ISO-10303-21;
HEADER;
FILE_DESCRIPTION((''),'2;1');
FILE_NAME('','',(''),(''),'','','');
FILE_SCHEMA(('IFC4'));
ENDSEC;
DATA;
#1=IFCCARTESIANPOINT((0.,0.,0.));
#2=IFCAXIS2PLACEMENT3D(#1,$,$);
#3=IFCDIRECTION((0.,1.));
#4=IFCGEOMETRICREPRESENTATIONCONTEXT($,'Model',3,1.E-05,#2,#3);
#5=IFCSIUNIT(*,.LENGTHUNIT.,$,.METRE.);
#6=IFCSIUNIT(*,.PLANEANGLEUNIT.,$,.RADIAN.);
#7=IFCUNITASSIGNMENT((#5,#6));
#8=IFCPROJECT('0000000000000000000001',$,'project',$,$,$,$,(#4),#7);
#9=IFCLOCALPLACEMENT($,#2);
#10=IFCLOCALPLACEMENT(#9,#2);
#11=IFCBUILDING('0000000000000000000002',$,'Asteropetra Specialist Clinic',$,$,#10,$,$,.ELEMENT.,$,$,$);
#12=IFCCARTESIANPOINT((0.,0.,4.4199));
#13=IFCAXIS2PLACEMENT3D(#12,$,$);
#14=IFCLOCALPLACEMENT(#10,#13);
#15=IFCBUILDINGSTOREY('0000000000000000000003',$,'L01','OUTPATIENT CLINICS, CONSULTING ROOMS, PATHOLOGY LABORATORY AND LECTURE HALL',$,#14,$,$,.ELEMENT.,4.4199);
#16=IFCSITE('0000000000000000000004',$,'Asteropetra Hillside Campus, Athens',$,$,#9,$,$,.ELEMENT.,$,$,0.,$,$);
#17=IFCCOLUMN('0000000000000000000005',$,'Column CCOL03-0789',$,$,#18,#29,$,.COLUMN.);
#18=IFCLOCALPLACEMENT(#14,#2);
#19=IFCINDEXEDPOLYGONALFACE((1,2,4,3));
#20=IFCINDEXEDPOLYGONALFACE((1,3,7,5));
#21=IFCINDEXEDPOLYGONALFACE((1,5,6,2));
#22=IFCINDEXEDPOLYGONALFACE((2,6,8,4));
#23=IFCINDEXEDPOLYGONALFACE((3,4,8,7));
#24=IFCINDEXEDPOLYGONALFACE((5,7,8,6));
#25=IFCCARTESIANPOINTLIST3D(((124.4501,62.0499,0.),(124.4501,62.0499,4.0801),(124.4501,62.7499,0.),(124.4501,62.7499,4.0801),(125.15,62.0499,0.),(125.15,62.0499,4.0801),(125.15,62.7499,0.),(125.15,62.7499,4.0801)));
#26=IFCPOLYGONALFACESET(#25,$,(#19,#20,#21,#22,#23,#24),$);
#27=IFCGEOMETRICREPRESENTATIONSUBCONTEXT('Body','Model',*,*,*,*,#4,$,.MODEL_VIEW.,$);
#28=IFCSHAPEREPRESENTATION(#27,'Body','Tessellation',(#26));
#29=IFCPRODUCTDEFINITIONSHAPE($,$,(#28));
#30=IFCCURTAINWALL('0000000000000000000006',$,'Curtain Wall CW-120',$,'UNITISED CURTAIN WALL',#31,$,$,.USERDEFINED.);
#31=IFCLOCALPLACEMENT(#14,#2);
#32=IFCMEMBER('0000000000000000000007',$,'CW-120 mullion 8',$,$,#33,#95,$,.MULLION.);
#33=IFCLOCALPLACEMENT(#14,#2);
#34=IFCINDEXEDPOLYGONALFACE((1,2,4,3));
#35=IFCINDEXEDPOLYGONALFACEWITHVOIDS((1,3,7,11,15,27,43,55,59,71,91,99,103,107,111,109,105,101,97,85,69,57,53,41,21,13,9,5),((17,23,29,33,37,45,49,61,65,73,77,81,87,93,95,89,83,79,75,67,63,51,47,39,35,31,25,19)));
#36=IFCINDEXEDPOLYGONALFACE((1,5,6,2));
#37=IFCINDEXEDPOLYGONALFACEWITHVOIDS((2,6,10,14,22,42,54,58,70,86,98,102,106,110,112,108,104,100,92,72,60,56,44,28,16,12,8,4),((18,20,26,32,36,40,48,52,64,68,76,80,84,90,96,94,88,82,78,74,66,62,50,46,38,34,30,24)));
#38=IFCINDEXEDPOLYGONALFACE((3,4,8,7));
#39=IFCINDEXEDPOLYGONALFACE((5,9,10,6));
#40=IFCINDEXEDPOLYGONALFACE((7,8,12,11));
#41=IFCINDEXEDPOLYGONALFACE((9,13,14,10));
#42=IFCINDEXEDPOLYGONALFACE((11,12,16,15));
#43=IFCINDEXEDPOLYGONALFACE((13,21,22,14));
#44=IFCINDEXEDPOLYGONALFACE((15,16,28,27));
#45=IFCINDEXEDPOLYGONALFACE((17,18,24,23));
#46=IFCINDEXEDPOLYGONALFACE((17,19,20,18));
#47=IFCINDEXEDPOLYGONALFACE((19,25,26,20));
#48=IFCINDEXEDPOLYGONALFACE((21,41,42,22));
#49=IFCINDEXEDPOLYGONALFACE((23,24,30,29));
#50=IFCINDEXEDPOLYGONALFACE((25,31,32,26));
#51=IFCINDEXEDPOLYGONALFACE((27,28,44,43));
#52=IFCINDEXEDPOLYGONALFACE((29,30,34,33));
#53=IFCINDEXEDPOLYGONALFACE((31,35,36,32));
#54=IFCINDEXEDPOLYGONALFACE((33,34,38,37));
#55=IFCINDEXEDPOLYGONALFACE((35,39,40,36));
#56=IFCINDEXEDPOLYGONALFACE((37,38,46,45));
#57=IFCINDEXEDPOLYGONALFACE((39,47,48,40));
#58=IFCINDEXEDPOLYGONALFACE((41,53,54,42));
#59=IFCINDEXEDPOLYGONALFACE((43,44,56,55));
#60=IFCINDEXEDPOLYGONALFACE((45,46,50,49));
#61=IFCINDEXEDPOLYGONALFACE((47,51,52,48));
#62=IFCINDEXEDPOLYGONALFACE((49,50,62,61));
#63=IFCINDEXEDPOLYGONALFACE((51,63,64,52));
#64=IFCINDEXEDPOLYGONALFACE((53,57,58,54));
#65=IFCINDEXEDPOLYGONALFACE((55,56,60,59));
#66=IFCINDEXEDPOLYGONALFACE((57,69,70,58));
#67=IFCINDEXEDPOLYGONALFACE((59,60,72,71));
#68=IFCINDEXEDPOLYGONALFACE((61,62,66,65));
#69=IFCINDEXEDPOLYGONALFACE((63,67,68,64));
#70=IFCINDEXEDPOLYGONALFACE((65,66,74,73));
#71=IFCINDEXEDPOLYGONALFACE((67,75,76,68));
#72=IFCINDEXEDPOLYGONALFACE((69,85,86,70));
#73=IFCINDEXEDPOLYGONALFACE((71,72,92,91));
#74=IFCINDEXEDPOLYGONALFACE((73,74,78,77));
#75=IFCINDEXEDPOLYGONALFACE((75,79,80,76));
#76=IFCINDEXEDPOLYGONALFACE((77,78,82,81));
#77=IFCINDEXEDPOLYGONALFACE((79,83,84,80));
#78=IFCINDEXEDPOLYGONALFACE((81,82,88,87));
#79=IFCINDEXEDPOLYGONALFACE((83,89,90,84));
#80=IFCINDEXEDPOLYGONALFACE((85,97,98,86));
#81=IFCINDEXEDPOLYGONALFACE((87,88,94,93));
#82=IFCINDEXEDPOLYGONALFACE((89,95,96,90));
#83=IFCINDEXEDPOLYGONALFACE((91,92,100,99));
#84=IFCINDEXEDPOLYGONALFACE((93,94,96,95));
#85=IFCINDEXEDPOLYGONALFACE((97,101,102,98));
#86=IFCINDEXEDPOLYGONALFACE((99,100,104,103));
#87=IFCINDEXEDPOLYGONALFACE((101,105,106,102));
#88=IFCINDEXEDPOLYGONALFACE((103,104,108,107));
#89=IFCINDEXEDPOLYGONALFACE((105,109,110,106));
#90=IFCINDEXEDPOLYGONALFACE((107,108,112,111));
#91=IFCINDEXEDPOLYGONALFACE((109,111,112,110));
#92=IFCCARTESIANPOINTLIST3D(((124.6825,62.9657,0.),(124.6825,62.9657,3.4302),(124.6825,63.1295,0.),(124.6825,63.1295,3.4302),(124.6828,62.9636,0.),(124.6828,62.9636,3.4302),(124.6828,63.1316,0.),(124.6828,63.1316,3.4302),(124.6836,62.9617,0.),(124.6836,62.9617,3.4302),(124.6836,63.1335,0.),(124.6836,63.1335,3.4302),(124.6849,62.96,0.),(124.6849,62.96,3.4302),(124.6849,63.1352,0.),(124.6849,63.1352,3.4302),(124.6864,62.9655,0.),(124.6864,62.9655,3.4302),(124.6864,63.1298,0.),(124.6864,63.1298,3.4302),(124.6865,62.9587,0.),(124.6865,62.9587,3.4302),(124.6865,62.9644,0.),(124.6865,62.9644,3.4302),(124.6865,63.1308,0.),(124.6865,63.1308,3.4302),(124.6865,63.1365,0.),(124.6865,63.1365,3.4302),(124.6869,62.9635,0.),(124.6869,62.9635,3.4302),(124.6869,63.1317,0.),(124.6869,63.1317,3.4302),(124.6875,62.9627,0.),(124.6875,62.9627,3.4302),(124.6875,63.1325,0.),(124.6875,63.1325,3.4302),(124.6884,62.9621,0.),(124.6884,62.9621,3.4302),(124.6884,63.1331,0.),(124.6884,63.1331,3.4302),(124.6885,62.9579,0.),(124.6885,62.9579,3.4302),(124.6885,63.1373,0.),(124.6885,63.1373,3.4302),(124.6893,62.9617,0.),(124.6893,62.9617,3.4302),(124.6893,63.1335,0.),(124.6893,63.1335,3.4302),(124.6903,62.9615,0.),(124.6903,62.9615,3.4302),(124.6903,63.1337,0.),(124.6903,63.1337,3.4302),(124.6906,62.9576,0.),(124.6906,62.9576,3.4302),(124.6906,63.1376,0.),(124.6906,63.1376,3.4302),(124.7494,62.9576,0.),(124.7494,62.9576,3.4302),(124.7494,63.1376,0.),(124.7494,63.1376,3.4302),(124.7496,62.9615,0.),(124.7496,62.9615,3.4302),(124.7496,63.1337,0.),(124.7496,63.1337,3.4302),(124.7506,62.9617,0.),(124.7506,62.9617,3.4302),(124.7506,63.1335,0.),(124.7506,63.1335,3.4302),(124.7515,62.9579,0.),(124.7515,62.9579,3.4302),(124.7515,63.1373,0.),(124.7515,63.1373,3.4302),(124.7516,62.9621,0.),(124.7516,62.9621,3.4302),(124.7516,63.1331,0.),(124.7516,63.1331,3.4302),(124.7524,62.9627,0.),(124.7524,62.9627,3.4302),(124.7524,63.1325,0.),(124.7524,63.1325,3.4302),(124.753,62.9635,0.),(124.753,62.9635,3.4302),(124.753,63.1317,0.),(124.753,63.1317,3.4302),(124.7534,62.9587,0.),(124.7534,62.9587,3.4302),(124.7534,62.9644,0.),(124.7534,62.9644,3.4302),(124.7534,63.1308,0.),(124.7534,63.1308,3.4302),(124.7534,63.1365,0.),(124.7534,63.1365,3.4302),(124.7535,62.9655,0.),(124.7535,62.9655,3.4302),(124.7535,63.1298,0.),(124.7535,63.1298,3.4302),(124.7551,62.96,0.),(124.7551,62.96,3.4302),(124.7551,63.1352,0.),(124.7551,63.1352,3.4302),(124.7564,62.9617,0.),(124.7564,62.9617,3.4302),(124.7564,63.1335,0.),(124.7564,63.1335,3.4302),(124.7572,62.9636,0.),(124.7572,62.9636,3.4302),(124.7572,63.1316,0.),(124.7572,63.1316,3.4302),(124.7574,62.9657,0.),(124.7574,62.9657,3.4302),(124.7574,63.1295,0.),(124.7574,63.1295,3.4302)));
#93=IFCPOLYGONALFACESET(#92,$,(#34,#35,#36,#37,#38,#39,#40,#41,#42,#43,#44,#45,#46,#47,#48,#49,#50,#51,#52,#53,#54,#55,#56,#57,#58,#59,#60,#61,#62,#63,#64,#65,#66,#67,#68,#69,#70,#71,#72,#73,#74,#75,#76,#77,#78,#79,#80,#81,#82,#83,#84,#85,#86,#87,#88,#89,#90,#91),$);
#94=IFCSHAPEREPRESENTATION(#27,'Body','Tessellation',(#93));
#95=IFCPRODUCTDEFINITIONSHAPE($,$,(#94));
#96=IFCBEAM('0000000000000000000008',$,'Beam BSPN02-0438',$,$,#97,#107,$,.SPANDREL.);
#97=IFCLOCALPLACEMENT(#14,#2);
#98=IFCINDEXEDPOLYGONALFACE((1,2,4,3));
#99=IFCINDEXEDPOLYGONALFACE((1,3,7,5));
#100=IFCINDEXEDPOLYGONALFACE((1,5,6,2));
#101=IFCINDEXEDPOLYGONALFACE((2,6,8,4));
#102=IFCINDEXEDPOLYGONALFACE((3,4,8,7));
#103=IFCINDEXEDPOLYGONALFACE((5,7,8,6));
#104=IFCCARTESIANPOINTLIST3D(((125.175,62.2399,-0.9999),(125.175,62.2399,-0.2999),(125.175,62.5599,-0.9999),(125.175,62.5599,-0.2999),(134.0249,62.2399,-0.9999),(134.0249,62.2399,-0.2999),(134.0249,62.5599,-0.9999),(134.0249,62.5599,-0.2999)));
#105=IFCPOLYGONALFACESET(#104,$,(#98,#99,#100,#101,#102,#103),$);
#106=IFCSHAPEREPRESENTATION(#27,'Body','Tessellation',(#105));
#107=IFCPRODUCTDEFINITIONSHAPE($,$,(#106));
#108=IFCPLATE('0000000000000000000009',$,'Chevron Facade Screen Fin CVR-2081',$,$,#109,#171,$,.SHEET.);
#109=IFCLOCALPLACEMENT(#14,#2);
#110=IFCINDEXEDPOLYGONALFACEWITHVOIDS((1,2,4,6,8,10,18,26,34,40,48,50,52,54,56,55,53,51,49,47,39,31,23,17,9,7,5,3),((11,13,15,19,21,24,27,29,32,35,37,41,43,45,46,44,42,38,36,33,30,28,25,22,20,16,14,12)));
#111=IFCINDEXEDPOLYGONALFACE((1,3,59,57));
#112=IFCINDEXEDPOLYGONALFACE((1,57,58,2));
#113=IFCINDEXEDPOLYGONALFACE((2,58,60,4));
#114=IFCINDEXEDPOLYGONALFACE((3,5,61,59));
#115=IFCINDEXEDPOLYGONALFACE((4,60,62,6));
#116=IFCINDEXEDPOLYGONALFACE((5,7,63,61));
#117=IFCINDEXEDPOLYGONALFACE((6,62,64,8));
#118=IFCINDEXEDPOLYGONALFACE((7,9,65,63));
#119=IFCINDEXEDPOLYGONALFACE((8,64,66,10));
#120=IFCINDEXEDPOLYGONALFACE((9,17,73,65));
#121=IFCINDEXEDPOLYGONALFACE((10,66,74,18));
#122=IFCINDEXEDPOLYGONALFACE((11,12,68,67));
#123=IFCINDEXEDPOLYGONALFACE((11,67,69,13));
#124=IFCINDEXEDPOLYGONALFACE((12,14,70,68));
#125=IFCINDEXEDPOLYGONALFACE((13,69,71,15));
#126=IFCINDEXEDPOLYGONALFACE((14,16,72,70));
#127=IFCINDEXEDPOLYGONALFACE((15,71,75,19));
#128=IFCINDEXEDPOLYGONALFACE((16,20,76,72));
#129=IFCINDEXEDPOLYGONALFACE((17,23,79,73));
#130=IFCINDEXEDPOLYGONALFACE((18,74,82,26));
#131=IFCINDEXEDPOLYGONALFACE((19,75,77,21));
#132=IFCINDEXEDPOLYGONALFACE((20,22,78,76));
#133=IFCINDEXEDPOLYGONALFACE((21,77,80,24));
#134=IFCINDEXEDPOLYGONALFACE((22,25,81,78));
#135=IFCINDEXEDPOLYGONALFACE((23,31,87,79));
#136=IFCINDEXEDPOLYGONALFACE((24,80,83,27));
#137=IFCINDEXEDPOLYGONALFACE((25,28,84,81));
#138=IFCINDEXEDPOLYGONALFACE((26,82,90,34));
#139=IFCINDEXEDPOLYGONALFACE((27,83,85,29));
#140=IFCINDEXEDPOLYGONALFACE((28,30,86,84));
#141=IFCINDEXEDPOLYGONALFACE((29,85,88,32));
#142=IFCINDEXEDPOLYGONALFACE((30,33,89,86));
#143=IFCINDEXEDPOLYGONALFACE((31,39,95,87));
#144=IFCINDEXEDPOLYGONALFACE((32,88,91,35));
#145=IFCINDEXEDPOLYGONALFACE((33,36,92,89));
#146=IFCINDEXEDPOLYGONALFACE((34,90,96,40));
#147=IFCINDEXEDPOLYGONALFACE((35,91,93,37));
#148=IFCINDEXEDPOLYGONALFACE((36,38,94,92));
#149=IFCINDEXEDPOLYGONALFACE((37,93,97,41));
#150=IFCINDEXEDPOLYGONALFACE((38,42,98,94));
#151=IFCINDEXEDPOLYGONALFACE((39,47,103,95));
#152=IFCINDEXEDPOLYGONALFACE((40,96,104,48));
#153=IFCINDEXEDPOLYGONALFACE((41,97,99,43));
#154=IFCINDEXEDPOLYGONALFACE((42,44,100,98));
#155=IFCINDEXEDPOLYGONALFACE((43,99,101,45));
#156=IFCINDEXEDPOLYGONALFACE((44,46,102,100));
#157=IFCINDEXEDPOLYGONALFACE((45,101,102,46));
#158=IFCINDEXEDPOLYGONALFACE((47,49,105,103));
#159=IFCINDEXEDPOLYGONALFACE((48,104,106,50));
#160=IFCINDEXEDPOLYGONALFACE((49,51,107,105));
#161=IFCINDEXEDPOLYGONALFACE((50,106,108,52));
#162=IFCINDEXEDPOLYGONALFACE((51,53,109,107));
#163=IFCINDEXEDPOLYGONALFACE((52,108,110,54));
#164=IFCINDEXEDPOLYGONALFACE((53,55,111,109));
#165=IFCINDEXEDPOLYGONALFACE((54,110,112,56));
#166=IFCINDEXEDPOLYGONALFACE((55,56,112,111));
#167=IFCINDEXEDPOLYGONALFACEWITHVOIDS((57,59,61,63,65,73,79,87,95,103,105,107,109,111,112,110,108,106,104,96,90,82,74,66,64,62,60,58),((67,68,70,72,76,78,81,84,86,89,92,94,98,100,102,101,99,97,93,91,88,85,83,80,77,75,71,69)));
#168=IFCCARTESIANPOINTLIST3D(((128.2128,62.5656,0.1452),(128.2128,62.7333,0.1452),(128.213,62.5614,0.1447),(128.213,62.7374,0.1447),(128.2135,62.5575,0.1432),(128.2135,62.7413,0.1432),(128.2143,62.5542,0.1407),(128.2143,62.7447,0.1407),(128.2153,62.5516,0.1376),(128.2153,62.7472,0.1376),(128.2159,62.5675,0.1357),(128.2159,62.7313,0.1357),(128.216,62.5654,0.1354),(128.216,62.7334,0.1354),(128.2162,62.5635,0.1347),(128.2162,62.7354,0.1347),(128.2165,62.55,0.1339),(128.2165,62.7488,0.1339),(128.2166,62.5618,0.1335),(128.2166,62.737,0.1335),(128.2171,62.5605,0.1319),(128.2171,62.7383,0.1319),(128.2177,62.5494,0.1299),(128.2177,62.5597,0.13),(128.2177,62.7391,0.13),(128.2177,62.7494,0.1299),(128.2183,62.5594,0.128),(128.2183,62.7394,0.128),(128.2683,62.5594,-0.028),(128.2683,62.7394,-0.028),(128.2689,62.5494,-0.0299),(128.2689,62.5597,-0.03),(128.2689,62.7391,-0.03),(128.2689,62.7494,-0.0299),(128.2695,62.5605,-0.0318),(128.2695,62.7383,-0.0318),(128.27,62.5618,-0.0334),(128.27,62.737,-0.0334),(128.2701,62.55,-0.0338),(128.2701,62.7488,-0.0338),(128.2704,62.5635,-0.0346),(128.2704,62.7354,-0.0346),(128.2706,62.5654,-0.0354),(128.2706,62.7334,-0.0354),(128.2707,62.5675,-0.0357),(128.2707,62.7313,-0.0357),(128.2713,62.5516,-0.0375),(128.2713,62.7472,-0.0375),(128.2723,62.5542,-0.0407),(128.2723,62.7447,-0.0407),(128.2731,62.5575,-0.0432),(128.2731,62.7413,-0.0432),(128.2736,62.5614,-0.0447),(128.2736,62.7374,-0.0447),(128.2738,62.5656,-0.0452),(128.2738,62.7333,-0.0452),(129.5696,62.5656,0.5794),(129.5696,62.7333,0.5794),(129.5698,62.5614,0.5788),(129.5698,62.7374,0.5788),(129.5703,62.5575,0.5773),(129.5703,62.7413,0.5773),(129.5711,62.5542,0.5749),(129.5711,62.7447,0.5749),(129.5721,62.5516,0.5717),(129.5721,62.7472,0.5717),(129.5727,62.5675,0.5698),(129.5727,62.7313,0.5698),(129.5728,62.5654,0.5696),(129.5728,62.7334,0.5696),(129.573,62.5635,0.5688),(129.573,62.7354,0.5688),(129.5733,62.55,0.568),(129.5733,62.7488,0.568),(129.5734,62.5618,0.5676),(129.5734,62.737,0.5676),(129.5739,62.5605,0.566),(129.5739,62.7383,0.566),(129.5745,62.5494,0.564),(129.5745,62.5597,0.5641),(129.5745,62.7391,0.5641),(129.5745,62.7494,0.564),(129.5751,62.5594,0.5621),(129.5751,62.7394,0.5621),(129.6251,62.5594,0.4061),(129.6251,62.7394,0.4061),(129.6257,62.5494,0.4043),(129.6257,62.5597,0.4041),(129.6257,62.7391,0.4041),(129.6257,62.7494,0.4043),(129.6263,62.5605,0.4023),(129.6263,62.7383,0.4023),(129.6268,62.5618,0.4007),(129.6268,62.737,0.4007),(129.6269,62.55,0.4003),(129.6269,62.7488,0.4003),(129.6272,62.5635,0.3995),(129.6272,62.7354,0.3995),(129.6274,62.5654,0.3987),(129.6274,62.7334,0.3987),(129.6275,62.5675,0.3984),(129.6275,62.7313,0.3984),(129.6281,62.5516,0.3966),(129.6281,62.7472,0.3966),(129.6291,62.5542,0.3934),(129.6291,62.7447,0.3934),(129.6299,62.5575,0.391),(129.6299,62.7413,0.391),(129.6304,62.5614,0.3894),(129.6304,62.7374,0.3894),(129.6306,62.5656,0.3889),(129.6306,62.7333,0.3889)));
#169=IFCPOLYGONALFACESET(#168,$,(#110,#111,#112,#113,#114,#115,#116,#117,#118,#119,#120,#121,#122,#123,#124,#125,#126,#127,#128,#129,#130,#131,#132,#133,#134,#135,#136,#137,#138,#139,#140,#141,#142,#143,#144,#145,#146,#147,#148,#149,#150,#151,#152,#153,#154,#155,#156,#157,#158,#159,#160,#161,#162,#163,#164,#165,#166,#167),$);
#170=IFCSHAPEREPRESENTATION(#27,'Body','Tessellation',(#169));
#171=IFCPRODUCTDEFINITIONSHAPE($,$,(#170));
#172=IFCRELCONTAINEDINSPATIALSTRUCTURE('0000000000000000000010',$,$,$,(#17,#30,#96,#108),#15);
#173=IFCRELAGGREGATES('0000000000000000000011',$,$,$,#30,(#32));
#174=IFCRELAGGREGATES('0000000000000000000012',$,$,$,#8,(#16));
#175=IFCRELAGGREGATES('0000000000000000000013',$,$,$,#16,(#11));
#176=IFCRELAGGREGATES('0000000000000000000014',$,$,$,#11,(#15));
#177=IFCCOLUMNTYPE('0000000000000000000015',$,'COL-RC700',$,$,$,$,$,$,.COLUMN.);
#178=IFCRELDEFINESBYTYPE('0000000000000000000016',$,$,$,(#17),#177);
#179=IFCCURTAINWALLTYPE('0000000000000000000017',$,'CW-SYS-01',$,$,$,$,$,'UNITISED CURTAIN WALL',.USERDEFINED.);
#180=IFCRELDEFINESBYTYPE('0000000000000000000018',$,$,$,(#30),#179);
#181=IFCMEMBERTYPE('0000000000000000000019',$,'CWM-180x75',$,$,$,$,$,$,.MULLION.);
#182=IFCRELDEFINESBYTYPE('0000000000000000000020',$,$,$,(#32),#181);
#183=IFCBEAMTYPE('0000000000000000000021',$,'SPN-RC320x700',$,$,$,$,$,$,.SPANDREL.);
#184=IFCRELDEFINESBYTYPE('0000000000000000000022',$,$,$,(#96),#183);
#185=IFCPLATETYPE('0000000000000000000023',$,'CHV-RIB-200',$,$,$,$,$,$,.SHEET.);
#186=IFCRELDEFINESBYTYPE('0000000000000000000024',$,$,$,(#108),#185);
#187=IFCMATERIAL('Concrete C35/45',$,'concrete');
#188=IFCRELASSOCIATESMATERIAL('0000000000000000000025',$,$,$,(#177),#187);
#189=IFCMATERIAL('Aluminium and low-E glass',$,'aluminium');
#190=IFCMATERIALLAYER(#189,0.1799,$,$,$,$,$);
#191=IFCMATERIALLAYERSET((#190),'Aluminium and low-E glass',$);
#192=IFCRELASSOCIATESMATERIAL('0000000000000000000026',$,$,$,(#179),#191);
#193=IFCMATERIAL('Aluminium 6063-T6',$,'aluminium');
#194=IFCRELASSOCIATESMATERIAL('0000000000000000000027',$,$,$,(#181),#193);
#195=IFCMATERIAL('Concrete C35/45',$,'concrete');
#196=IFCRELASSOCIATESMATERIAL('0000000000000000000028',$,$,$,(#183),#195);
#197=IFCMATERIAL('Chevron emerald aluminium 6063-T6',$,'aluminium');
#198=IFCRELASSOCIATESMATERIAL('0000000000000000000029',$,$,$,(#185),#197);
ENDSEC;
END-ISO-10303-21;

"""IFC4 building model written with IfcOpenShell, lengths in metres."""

from ifc_helpers import new_model, si_unit, direction, frame, origin, origin_2d, place, context, subcontext, project, spatial, rectangle, hollow_rectangle, extrude, material, layer, layer_set, material_profile, profile_set, type_object, element, aggregate, save


model = new_model("IFC4")

# Units and contexts
model_context = context("Model", 3, precision=1e-05, world=origin(), true_north=direction((0.0, 1.0)))
body_context = subcontext(model_context, "Body", "Model", "MODEL_VIEW")
ifc_project = project(units=[si_unit("LENGTHUNIT", "METRE"), si_unit("PLANEANGLEUNIT", "RADIAN")], contexts=[model_context])

# Site, building, storey
site_placement = place(None, origin())
site = spatial("IfcSite", under=ifc_project, at=site_placement, Name="Asteropetra Hillside Campus, Athens", CompositionType="ELEMENT", RefElevation=0.0)
building_placement = place(site_placement, origin())
building = spatial("IfcBuilding", under=site, at=building_placement, Name="Asteropetra Specialist Clinic", CompositionType="ELEMENT")
storey_placement = place(building_placement, frame((0.0, 0.0, 4.4199)))
storey = spatial("IfcBuildingStorey", under=building, at=storey_placement, Name="L01", Description="OUTPATIENT CLINICS, CONSULTING ROOMS, PATHOLOGY LABORATORY AND LECTURE HALL", CompositionType="ELEMENT", Elevation=4.4199)

# Column
ifc_material_1 = material(Name="Concrete C35/45", Category="concrete")
ifc_material_profile_1 = material_profile(ifc_material_1, rectangle(XDim=0.7, YDim=0.7, at=origin_2d()), Name="RC 700x700")
ifc_profile_set_1 = profile_set([ifc_material_profile_1], Name="Concrete C35/45")
column_type = type_object("IfcColumnType", Name="COL-RC700", PredefinedType="COLUMN", material=ifc_profile_set_1)
column_placement = place(storey_placement, frame((124.8, 62.3999, 0.0), z_axis=(0.0, 0.0, 1.0), x_axis=(1.0, 0.0, 0.0)))
element("IfcColumn", 1, at=column_placement, inside=storey, type_object=column_type, Name="Column CCOL03-0789", PredefinedType="COLUMN", context=body_context, shape_type="SweptSolid", body=[
    extrude(rectangle(XDim=0.7, YDim=0.7, at=origin_2d()), origin(), (0.0, 0.0, 1.0), 4.0801),
])

# Curtain wall, member
ifc_material_2 = material(Name="Aluminium and low-E glass", Category="aluminium")
ifc_layer_1 = layer(ifc_material_2, 0.1799)
ifc_layer_set_1 = layer_set([ifc_layer_1], Name="Aluminium and low-E glass")
curtain_wall_type = type_object("IfcCurtainWallType", Name="CW-SYS-01", ElementType="UNITISED CURTAIN WALL", PredefinedType="USERDEFINED", material=ifc_layer_set_1)
curtain_wall_placement = place(storey_placement, origin())
curtain_wall = element("IfcCurtainWall", 2, at=curtain_wall_placement, inside=storey, type_object=curtain_wall_type, Name="Curtain Wall CW-120", ObjectType="UNITISED CURTAIN WALL", PredefinedType="USERDEFINED")
ifc_material_3 = material(Name="Aluminium 6063-T6", Category="aluminium")
ifc_material_profile_2 = material_profile(ifc_material_3, hollow_rectangle(XDim=0.075, YDim=0.1799, WallThickness=0.0039, InnerFilletRadius=0.0039, OuterFilletRadius=0.0081, at=origin_2d()), Name="MUL 180x75x4.0")
ifc_profile_set_2 = profile_set([ifc_material_profile_2], Name="Aluminium 6063-T6")
member_type = type_object("IfcMemberType", Name="CWM-180x75", PredefinedType="MULLION", material=ifc_profile_set_2)
member_placement = place(storey_placement, frame((124.72, 63.0476, 0.0), z_axis=(0.0, 0.0, 1.0), x_axis=(1.0, 0.0, 0.0)))
member = element("IfcMember", 3, at=member_placement, type_object=member_type, Name="CW-120 mullion 8", PredefinedType="MULLION", context=body_context, shape_type="SweptSolid", body=[
    extrude(hollow_rectangle(XDim=0.075, YDim=0.1799, WallThickness=0.0039, InnerFilletRadius=0.0039, OuterFilletRadius=0.0081, at=origin_2d()), origin(), (0.0, 0.0, 1.0), 3.4302),
])

# Beam
ifc_material_4 = material(Name="Concrete C35/45", Category="concrete")
ifc_material_profile_3 = material_profile(ifc_material_4, rectangle(XDim=0.3201, YDim=0.7, at=origin_2d()), Name="RCS 320x700")
ifc_profile_set_3 = profile_set([ifc_material_profile_3], Name="Concrete C35/45")
beam_type = type_object("IfcBeamType", Name="SPN-RC320x700", PredefinedType="SPANDREL", material=ifc_profile_set_3)
beam_placement = place(storey_placement, frame((125.175, 62.3999, -0.6499), z_axis=(1.0, 0.0, 0.0), x_axis=(0.0, 1.0, 0.0)))
element("IfcBeam", 4, at=beam_placement, inside=storey, type_object=beam_type, Name="Beam BSPN02-0438", PredefinedType="SPANDREL", context=body_context, shape_type="SweptSolid", body=[
    extrude(rectangle(XDim=0.3201, YDim=0.7, at=origin_2d()), origin(), (0.0, 0.0, 1.0), 8.8499),
])

# Plate
ifc_material_5 = material(Name="Chevron emerald aluminium 6063-T6", Category="aluminium")
ifc_material_profile_4 = material_profile(ifc_material_5, hollow_rectangle(XDim=0.2, YDim=0.2, WallThickness=0.01, InnerFilletRadius=0.0081, OuterFilletRadius=0.0161, at=origin_2d()), Name="SHS 200x200x10.0")
ifc_profile_set_4 = profile_set([ifc_material_profile_4], Name="Chevron emerald aluminium 6063-T6")
plate_type_1 = type_object("IfcPlateType", Name="CHV-RIB-200", PredefinedType="SHEET", material=ifc_profile_set_4)
for number, where, z_axis, x_axis, name in (
    (5, (129.6001, 62.6494, 0.4841), (-0.952436, 0.0, -0.304738), (0.0, -1.0, 0.0), "Chevron Facade Screen Fin CVR-2081"),
):
    element("IfcPlate", number, at=place(storey_placement, frame(where, z_axis=z_axis, x_axis=x_axis)), inside=storey, type_object=plate_type_1, Name=name, PredefinedType="SHEET", context=body_context, shape_type="SweptSolid", body=[
        extrude(hollow_rectangle(XDim=0.2, YDim=0.2, WallThickness=0.01, InnerFilletRadius=0.0081, OuterFilletRadius=0.0161, at=origin_2d()), origin(), (0.0, 0.0, 1.0), 1.4246),
    ])

aggregate(curtain_wall, [member])

save(model, "model.ifc")
